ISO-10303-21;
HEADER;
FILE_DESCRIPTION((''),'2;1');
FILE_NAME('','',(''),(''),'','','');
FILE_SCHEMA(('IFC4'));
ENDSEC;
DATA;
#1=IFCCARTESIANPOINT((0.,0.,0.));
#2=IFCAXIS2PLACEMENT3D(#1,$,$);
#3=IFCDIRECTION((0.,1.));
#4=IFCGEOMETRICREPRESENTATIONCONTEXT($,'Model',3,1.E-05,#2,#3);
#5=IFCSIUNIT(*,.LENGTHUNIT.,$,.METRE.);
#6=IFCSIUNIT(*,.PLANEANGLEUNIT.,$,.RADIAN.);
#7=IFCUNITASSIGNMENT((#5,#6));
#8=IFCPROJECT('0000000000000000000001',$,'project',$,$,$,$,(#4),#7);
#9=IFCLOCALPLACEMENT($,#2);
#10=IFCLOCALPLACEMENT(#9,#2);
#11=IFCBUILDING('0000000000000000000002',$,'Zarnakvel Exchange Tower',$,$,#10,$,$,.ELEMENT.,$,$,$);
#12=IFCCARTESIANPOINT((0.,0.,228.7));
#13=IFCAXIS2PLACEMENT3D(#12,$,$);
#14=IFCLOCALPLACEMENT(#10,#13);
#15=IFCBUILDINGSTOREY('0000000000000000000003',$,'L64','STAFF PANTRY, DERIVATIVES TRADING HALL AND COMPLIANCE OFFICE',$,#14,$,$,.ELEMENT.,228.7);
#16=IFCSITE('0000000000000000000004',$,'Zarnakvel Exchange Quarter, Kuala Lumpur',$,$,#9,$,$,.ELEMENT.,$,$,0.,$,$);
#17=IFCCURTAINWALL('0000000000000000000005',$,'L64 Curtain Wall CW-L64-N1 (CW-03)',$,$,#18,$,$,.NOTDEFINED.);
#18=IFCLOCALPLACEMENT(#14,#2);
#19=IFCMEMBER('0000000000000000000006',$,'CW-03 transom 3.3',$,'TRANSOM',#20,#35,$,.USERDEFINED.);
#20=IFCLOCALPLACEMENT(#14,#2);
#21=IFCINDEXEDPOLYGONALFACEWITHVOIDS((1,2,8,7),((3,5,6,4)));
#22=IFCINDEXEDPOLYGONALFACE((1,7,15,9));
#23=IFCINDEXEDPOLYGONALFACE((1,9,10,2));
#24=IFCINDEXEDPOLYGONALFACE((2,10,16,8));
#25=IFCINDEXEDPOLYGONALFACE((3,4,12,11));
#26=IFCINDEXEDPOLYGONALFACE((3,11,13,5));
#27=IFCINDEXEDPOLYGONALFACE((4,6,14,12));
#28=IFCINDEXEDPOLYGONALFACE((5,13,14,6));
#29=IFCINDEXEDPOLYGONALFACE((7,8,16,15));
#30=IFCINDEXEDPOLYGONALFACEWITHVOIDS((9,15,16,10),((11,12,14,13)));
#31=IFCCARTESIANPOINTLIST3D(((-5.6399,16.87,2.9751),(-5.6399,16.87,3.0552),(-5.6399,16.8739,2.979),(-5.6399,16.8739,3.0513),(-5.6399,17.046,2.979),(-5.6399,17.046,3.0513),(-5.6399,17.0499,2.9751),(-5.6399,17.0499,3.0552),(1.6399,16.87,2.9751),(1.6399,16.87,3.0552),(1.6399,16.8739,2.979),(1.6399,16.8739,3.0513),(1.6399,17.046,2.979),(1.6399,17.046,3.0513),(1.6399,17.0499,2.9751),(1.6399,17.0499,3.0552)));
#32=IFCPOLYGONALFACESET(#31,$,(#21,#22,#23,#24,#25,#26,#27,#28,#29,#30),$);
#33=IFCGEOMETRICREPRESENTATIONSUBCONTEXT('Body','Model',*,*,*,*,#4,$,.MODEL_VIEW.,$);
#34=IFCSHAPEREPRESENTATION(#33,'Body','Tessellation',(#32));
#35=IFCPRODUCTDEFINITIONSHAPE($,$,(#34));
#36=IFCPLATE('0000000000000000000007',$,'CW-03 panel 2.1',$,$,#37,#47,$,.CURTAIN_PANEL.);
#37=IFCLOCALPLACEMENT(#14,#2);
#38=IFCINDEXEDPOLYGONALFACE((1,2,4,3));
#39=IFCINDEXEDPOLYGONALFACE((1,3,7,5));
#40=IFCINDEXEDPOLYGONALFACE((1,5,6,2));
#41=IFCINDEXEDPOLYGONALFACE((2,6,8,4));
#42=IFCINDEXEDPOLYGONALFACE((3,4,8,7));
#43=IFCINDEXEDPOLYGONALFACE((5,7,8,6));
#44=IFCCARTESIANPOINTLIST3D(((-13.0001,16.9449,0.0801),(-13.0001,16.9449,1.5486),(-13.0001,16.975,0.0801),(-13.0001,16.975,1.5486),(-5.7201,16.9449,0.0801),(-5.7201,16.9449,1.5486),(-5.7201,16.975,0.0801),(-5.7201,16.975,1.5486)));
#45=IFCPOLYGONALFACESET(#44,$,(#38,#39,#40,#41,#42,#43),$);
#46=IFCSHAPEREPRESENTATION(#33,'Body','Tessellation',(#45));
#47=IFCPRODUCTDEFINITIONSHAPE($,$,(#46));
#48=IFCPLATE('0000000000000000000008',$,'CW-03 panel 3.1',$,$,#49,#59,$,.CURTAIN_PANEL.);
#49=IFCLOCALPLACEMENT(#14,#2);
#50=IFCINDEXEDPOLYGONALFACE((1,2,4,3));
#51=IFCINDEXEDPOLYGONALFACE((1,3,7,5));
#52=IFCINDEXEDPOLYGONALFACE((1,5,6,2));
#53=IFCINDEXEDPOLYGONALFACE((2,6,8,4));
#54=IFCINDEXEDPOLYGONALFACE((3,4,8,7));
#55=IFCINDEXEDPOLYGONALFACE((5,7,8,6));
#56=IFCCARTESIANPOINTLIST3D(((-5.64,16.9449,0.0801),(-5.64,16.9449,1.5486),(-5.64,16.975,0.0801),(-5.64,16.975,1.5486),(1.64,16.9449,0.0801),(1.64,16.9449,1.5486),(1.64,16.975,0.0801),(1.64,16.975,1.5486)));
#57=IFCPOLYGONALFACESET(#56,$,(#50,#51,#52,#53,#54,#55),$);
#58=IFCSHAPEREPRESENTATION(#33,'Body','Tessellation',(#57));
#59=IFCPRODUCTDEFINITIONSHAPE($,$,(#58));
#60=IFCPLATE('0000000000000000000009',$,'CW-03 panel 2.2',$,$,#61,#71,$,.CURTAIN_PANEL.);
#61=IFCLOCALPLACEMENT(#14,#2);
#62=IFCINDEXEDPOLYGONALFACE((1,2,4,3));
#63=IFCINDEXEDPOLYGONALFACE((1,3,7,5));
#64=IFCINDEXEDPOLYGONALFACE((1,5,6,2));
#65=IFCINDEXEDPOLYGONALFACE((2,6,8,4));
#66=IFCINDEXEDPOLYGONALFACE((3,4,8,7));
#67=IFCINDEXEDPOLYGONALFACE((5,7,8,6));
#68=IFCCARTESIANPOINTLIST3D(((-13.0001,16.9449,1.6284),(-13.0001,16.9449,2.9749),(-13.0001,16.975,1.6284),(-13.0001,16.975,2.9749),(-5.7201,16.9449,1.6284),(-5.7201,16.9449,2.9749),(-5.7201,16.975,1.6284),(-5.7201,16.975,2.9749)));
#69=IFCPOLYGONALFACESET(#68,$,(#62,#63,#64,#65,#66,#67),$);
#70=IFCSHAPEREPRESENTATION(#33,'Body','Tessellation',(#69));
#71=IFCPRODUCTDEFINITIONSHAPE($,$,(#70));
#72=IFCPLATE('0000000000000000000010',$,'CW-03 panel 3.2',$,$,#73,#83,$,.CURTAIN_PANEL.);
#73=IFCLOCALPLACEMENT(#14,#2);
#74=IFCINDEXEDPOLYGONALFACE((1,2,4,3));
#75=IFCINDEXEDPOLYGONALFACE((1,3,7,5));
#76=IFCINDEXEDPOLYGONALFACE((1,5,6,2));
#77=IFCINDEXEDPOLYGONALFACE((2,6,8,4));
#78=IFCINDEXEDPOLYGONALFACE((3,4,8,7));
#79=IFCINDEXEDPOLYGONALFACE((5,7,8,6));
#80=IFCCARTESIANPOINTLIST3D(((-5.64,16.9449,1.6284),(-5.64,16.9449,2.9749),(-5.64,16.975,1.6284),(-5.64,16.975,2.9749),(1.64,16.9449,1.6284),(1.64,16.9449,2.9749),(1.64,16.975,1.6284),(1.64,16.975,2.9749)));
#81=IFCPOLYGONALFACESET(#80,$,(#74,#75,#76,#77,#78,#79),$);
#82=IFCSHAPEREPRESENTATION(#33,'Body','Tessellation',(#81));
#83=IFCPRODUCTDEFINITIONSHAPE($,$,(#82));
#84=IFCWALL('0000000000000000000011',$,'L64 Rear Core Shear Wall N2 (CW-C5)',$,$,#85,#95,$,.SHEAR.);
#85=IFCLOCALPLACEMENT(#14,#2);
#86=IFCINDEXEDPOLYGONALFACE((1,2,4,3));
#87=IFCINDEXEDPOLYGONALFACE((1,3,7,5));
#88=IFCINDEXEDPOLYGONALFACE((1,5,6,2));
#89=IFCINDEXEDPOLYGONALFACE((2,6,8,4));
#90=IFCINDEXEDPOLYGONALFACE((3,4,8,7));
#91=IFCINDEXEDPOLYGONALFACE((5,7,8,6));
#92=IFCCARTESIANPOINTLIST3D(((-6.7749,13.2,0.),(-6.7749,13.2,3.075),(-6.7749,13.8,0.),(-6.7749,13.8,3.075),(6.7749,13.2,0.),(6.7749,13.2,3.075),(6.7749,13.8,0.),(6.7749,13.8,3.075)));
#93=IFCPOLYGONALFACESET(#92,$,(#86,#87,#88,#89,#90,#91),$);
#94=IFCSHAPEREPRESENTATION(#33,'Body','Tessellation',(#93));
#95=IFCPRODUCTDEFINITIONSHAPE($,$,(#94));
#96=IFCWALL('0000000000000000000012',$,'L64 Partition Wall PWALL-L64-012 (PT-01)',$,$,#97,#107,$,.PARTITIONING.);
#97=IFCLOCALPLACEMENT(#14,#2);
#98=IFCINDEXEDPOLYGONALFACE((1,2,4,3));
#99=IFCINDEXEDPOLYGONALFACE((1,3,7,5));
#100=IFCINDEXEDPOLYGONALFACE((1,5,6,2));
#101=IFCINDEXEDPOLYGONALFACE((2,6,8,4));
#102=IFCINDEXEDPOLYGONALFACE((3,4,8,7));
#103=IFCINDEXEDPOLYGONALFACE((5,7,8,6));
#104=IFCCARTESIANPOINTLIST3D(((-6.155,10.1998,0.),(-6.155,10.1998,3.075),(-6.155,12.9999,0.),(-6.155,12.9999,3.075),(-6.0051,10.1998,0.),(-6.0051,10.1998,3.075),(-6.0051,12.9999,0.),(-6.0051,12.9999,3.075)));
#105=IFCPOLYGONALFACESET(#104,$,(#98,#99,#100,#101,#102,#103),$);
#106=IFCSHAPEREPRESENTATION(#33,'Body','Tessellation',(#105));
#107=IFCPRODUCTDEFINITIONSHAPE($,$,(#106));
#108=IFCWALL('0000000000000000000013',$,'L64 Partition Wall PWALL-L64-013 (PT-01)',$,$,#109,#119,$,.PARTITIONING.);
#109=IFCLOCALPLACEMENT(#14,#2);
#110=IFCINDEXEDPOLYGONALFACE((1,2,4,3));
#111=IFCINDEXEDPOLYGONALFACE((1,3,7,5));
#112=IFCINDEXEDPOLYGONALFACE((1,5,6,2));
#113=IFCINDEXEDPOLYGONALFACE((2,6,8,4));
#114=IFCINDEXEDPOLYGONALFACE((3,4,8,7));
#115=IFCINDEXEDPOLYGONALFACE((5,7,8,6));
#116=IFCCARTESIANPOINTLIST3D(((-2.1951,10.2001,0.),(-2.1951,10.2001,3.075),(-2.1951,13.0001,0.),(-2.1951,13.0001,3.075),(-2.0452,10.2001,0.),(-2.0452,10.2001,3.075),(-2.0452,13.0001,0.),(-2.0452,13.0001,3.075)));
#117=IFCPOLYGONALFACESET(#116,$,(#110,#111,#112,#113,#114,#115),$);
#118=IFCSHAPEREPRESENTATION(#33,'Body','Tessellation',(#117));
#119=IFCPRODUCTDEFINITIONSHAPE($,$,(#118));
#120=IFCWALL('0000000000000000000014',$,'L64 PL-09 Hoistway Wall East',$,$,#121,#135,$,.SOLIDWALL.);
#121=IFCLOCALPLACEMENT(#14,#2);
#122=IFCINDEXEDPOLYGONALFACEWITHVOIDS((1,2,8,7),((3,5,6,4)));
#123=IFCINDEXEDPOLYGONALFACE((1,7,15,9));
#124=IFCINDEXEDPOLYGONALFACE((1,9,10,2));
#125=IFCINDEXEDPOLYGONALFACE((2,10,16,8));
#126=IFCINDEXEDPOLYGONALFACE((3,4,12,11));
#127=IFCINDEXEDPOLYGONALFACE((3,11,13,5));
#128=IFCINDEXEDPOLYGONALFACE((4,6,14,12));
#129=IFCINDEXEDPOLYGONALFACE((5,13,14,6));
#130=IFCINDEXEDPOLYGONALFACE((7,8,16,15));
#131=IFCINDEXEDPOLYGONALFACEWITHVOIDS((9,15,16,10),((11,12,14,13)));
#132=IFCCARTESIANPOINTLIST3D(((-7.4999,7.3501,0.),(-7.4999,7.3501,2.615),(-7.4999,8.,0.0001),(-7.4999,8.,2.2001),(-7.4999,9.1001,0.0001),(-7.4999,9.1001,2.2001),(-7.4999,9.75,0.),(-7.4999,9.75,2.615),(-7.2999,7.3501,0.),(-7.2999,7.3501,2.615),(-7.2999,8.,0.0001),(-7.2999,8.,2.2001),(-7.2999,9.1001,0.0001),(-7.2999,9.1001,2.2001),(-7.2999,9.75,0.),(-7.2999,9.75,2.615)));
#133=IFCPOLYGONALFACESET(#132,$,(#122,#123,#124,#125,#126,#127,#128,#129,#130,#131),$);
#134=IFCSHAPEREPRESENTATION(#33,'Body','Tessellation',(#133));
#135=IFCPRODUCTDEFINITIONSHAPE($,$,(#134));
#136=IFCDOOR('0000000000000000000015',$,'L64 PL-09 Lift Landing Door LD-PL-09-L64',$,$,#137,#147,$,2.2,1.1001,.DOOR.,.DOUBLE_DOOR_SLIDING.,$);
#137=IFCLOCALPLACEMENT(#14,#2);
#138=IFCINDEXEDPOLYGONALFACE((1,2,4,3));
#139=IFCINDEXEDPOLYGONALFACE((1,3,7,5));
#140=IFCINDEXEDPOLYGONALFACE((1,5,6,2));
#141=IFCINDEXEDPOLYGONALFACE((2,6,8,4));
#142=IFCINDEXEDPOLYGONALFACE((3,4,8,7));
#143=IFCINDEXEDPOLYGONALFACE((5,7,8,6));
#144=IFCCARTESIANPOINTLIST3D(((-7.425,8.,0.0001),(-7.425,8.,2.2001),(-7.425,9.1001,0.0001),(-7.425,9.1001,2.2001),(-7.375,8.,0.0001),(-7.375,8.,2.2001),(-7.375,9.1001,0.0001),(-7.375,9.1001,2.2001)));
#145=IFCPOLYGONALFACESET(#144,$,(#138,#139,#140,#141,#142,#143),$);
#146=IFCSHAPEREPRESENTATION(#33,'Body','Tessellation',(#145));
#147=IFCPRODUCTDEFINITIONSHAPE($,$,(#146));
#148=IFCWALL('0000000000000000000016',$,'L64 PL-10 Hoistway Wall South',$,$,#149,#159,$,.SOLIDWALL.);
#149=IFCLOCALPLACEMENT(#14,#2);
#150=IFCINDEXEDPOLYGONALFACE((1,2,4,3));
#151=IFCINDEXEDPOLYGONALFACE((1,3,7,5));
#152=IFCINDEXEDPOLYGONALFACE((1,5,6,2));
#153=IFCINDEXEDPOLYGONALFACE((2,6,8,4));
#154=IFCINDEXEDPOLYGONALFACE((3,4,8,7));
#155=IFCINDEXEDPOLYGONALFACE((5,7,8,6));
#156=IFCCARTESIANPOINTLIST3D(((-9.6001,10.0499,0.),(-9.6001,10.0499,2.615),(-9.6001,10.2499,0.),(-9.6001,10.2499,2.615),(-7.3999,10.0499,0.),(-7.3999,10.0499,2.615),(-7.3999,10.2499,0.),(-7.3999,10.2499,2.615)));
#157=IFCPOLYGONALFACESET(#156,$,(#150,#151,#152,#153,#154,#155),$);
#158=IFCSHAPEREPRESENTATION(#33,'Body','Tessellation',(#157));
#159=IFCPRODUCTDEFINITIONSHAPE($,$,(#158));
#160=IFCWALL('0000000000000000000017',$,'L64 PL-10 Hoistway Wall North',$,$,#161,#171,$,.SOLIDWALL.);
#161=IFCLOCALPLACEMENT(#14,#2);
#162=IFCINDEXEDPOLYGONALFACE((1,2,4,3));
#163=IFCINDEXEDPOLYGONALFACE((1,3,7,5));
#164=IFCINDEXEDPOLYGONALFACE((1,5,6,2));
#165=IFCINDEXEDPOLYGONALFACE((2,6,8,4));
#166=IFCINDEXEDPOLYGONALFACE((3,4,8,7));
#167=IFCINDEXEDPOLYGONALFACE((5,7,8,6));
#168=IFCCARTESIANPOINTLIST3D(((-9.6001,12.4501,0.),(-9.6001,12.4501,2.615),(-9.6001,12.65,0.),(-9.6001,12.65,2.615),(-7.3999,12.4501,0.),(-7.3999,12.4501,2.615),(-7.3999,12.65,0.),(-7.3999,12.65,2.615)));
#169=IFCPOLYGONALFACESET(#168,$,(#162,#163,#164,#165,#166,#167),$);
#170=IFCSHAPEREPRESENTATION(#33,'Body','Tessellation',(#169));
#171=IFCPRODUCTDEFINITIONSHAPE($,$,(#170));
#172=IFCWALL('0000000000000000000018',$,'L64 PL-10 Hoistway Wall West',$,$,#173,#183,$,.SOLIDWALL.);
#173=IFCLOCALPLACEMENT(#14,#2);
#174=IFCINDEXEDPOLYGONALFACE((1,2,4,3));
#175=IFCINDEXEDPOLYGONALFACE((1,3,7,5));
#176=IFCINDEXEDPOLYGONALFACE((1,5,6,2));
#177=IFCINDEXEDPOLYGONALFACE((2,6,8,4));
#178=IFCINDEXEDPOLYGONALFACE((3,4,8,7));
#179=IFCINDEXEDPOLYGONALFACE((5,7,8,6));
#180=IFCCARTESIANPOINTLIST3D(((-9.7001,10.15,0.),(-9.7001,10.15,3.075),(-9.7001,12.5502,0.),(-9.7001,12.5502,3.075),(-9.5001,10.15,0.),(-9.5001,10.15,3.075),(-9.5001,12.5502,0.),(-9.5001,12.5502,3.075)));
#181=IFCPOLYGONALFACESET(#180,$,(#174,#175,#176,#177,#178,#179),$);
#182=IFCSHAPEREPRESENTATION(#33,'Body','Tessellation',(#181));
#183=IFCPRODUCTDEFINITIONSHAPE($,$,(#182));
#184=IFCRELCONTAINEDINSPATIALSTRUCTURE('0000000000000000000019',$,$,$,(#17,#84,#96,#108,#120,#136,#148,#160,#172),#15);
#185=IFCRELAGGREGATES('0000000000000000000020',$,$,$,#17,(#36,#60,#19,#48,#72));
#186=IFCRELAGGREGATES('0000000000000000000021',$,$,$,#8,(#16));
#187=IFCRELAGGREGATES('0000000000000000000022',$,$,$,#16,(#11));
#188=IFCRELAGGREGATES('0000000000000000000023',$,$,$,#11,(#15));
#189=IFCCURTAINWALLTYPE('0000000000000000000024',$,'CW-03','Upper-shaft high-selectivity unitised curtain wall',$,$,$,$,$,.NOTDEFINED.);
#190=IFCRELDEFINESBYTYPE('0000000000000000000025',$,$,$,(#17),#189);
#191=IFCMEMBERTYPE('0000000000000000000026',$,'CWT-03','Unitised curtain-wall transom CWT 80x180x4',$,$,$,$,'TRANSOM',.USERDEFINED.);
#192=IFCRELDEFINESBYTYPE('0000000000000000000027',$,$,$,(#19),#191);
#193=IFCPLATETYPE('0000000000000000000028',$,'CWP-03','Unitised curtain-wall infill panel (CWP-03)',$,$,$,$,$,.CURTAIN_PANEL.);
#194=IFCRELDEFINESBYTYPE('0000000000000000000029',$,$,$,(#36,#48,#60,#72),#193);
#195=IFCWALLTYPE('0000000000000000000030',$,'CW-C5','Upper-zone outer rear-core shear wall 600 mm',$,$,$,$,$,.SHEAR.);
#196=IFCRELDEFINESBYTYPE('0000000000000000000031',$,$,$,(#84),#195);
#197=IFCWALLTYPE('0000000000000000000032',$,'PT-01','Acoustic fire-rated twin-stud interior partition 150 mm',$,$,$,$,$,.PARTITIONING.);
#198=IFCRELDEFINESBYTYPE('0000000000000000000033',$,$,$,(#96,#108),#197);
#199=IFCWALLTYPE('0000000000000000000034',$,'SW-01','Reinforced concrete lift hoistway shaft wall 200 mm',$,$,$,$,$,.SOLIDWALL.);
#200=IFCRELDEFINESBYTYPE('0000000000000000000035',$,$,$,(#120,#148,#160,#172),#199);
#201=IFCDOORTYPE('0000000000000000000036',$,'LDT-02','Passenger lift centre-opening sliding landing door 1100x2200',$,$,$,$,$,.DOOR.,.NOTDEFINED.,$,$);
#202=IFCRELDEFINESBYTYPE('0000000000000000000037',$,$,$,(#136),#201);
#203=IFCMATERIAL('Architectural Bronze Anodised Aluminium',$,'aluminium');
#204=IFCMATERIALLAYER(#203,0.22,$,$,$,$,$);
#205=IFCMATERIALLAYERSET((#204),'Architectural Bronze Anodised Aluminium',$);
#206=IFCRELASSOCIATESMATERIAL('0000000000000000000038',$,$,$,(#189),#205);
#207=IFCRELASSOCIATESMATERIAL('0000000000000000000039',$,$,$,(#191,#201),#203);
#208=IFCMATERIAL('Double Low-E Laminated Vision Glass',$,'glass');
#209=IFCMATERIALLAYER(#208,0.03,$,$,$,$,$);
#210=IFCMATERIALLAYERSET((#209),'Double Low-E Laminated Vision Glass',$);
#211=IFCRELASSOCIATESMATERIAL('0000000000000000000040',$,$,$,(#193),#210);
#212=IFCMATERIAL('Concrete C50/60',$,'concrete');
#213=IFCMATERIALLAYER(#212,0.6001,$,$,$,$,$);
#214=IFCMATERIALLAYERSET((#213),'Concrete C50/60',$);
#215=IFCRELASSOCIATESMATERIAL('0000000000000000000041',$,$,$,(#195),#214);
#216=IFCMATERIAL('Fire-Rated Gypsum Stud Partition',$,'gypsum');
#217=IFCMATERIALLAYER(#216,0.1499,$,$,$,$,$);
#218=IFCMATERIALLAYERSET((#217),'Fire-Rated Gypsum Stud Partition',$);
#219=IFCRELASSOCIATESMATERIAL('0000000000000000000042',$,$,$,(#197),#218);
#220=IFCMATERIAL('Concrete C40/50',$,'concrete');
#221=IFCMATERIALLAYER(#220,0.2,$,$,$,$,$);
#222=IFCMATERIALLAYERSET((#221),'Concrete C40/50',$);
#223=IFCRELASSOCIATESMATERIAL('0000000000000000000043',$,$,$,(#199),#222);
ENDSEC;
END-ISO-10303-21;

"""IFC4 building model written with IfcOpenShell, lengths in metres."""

from ifc_helpers import new_model, si_unit, direction, frame, frame_2d, origin, origin_2d, place, context, subcontext, project, spatial, rectangle, hollow_rectangle, extrude, source, transform, mapped, material, layer, layer_set, material_profile, profile_set, type_object, element, fill, aggregate, save


model = new_model("IFC4")

# Units and contexts
model_context = context("Model", 3, precision=1e-05, world=origin(), true_north=direction((0.0, 1.0)))
body_context = subcontext(model_context, "Body", "Model", "MODEL_VIEW")
ifc_project = project(units=[si_unit("LENGTHUNIT", "METRE"), si_unit("PLANEANGLEUNIT", "RADIAN")], contexts=[model_context])

# Site, building, storey
site_placement = place(None, origin())
site = spatial("IfcSite", under=ifc_project, at=site_placement, Name="Zarnakvel Exchange Quarter, Kuala Lumpur", CompositionType="ELEMENT", RefElevation=0.0)
building_placement = place(site_placement, origin())
building = spatial("IfcBuilding", under=site, at=building_placement, Name="Zarnakvel Exchange Tower", CompositionType="ELEMENT")
storey_placement = place(building_placement, frame((0.0, 0.0, 228.7)))
storey = spatial("IfcBuildingStorey", under=building, at=storey_placement, Name="L64", Description="STAFF PANTRY, DERIVATIVES TRADING HALL AND COMPLIANCE OFFICE", CompositionType="ELEMENT", Elevation=228.7)

# Shared definitions
ifc_material_1 = material(Name="Concrete C50/60", Category="concrete")

# Curtain wall, member, plates
ifc_material_2 = material(Name="Architectural Bronze Anodised Aluminium", Category="aluminium")
ifc_layer_1 = layer(ifc_material_2, 0.22)
ifc_layer_set_1 = layer_set([ifc_layer_1], Name="Architectural Bronze Anodised Aluminium")
curtain_wall_type = type_object("IfcCurtainWallType", Name="CW-03", Description="Upper-shaft high-selectivity unitised curtain wall", PredefinedType="NOTDEFINED", material=ifc_layer_set_1)
curtain_wall_placement = place(storey_placement, origin())
curtain_wall = element("IfcCurtainWall", 1, at=curtain_wall_placement, inside=storey, type_object=curtain_wall_type, Name="L64 Curtain Wall CW-L64-N1 (CW-03)", PredefinedType="NOTDEFINED")
ifc_material_profile_1 = material_profile(ifc_material_2, hollow_rectangle(XDim=0.1799, YDim=0.0801, WallThickness=0.0039, at=origin_2d()))
ifc_profile_set_1 = profile_set([ifc_material_profile_1], Name="Architectural Bronze Anodised Aluminium")
member_type_1 = type_object("IfcMemberType", Name="CWT-03", Description="Unitised curtain-wall transom CWT 80x180x4", ElementType="TRANSOM", PredefinedType="USERDEFINED", material=ifc_profile_set_1)
shared_shape_1 = source(origin(), body_context, "Body", "SweptSolid", [
    extrude(hollow_rectangle(XDim=0.1799, YDim=0.0801, WallThickness=0.0039, at=origin_2d()), origin(), (0.0, 0.0, 1.0), 7.2798),
])
member_1_placement = place(storey_placement, frame((-5.6399, 16.96, 3.0151), z_axis=(1.0, 0.0, 0.0), x_axis=(0.0, 1.0, 0.0)))
member_1 = element("IfcMember", 2, at=member_1_placement, type_object=member_type_1, Name="CW-03 transom 3.3", ObjectType="TRANSOM", PredefinedType="USERDEFINED", context=body_context, shape_type="MappedRepresentation", body=[
    mapped(shared_shape_1, transform((0.0, 0.0, 0.0), x_axis=(1.0, 0.0, 0.0), y_axis=(0.0, 1.0, 0.0), z_axis=(0.0, 0.0, 1.0), scale=1.0)),
])
ifc_material_3 = material(Name="Double Low-E Laminated Vision Glass", Category="glass")
ifc_layer_2 = layer(ifc_material_3, 0.03)
ifc_layer_set_2 = layer_set([ifc_layer_2], Name="Double Low-E Laminated Vision Glass")
plate_type = type_object("IfcPlateType", Name="CWP-03", Description="Unitised curtain-wall infill panel (CWP-03)", PredefinedType="CURTAIN_PANEL", material=ifc_layer_set_2)
shared_shape_2 = source(origin(), body_context, "Body", "SweptSolid", [
    extrude(rectangle(XDim=7.28, YDim=0.03, at=origin_2d()), origin(), (0.0, 0.0, 1.0), 1.4685),
])
plate_1_placement = place(storey_placement, frame((-9.3601, 16.96, 0.0801), z_axis=(0.0, 0.0, 1.0), x_axis=(1.0, 0.0, 0.0)))
plate_1 = element("IfcPlate", 3, at=plate_1_placement, type_object=plate_type, Name="CW-03 panel 2.1", PredefinedType="CURTAIN_PANEL", context=body_context, shape_type="MappedRepresentation", body=[
    mapped(shared_shape_2, transform((0.0, 0.0, 0.0), x_axis=(1.0, 0.0, 0.0), y_axis=(0.0, 1.0, 0.0), z_axis=(0.0, 0.0, 1.0), scale=1.0)),
])
plate_2_placement = place(storey_placement, frame((-2.0, 16.96, 0.0801), z_axis=(0.0, 0.0, 1.0), x_axis=(1.0, 0.0, 0.0)))
plate_2 = element("IfcPlate", 4, at=plate_2_placement, type_object=plate_type, Name="CW-03 panel 3.1", PredefinedType="CURTAIN_PANEL", context=body_context, shape_type="MappedRepresentation", body=[
    mapped(shared_shape_2, transform((0.0, 0.0, 0.0), x_axis=(1.0, 0.0, 0.0), y_axis=(0.0, 1.0, 0.0), z_axis=(0.0, 0.0, 1.0), scale=1.0)),
])
shared_shape_3 = source(origin(), body_context, "Body", "SweptSolid", [
    extrude(rectangle(XDim=7.28, YDim=0.03, at=origin_2d()), origin(), (0.0, 0.0, 1.0), 1.3464),
])
plate_3_placement = place(storey_placement, frame((-9.3601, 16.96, 1.6284), z_axis=(0.0, 0.0, 1.0), x_axis=(1.0, 0.0, 0.0)))
plate_3 = element("IfcPlate", 5, at=plate_3_placement, type_object=plate_type, Name="CW-03 panel 2.2", PredefinedType="CURTAIN_PANEL", context=body_context, shape_type="MappedRepresentation", body=[
    mapped(shared_shape_3, transform((0.0, 0.0, 0.0), x_axis=(1.0, 0.0, 0.0), y_axis=(0.0, 1.0, 0.0), z_axis=(0.0, 0.0, 1.0), scale=1.0)),
])
plate_4_placement = place(storey_placement, frame((-2.0, 16.96, 1.6284), z_axis=(0.0, 0.0, 1.0), x_axis=(1.0, 0.0, 0.0)))
plate_4 = element("IfcPlate", 6, at=plate_4_placement, type_object=plate_type, Name="CW-03 panel 3.2", PredefinedType="CURTAIN_PANEL", context=body_context, shape_type="MappedRepresentation", body=[
    mapped(shared_shape_3, transform((0.0, 0.0, 0.0), x_axis=(1.0, 0.0, 0.0), y_axis=(0.0, 1.0, 0.0), z_axis=(0.0, 0.0, 1.0), scale=1.0)),
])
aggregate(curtain_wall, [plate_1, plate_3, member_1, plate_2, plate_4])

# Wall
ifc_layer_3 = layer(ifc_material_1, 0.6001)
ifc_layer_set_3 = layer_set([ifc_layer_3], Name="Concrete C50/60")
wall_type_1 = type_object("IfcWallType", Name="CW-C5", Description="Upper-zone outer rear-core shear wall 600 mm", PredefinedType="SHEAR", material=ifc_layer_set_3)
wall_1_placement = place(storey_placement, frame((-6.7749, 13.5, 0.0), z_axis=(0.0, 0.0, 1.0), x_axis=(1.0, 0.0, 0.0)))
element("IfcWall", 7, at=wall_1_placement, inside=storey, type_object=wall_type_1, Name="L64 Rear Core Shear Wall N2 (CW-C5)", PredefinedType="SHEAR", context=body_context, shape_type="SweptSolid", body=[
    extrude(rectangle(XDim=13.5498, YDim=0.6001, at=frame_2d((6.7749, 0.0))), origin(), (0.0, 0.0, 1.0), 3.075),
])

# Shared definitions
ifc_material_4 = material(Name="Fire-Rated Gypsum Stud Partition", Category="gypsum")
ifc_layer_4 = layer(ifc_material_4, 0.1499)
ifc_layer_set_4 = layer_set([ifc_layer_4], Name="Fire-Rated Gypsum Stud Partition")
wall_type_2 = type_object("IfcWallType", Name="PT-01", Description="Acoustic fire-rated twin-stud interior partition 150 mm", PredefinedType="PARTITIONING", material=ifc_layer_set_4)

# Walls
for number, where, z_axis, x_axis, name in (
    (8, (-6.0801, 10.2, 0.0), (0.0, 0.0, 1.0), (0.0, 1.0, 0.0), "L64 Partition Wall PWALL-L64-012 (PT-01)"),
    (9, (-2.1201, 13.0, 0.0), (0.0, 0.0, 1.0), (0.0, -1.0, 0.0), "L64 Partition Wall PWALL-L64-013 (PT-01)"),
):
    element("IfcWall", number, at=place(storey_placement, frame(where, z_axis=z_axis, x_axis=x_axis)), inside=storey, type_object=wall_type_2, Name=name, PredefinedType="PARTITIONING", context=body_context, shape_type="SweptSolid", body=[
        extrude(rectangle(XDim=2.8, YDim=0.1499, at=frame_2d((1.3999, 0.0))), origin(), (0.0, 0.0, 1.0), 3.075),
    ])

# Wall, opening, door
ifc_material_5 = material(Name="Concrete C40/50", Category="concrete")
ifc_layer_5 = layer(ifc_material_5, 0.2)
ifc_layer_set_5 = layer_set([ifc_layer_5], Name="Concrete C40/50")
wall_type_3 = type_object("IfcWallType", Name="SW-01", Description="Reinforced concrete lift hoistway shaft wall 200 mm", PredefinedType="SOLIDWALL", material=ifc_layer_set_5)
wall_2_placement = place(storey_placement, frame((-7.3999, 9.75, 0.0), z_axis=(0.0, 0.0, 1.0), x_axis=(0.0, -1.0, 0.0)))
wall_2 = element("IfcWall", 10, at=wall_2_placement, inside=storey, type_object=wall_type_3, Name="L64 PL-09 Hoistway Wall East", PredefinedType="SOLIDWALL", context=body_context, shape_type="SweptSolid", body=[
    extrude(rectangle(XDim=2.3999, YDim=0.2, at=frame_2d((1.2, 0.0))), origin(), (0.0, 0.0, 1.0), 2.615),
])
opening_1_placement = place(wall_2_placement, frame((0.6499, 0.0, 0.0)))
opening_1 = element("IfcOpeningElement", 11, at=opening_1_placement, cuts=wall_2, PredefinedType="OPENING", context=body_context, shape_type="SweptSolid", body=[
    extrude(rectangle(XDim=1.1001, YDim=2.2, at=frame_2d((0.55, 1.1001))), frame((0.0, 0.1099, 0.0), z_axis=(0.0, -1.0, 0.0), x_axis=(1.0, 0.0, 0.0)), (0.0, 0.0, 1.0), 0.22),
])
door_type_1 = type_object("IfcDoorType", Name="LDT-02", Description="Passenger lift centre-opening sliding landing door 1100x2200", OperationType="NOTDEFINED", PredefinedType="DOOR", material=ifc_material_2)
shared_shape_4 = source(origin(), body_context, "Body", "SweptSolid", [
    extrude(rectangle(XDim=1.1001, YDim=2.2, at=frame_2d((0.55, 1.1001))), frame((0.0, 0.0249, 0.0), z_axis=(0.0, -1.0, 0.0), x_axis=(1.0, 0.0, 0.0)), (0.0, 0.0, 1.0), 0.05),
])
door_1_placement = place(opening_1_placement, origin())
door_1 = element("IfcDoor", 12, at=door_1_placement, inside=storey, type_object=door_type_1, Name="L64 PL-09 Lift Landing Door LD-PL-09-L64", OperationType="DOUBLE_DOOR_SLIDING", OverallHeight=2.2, OverallWidth=1.1001, PredefinedType="DOOR", context=body_context, shape_type="MappedRepresentation", body=[
    mapped(shared_shape_4, transform((0.0, 0.0, 0.0), x_axis=(1.0, 0.0, 0.0), y_axis=(0.0, 1.0, 0.0), z_axis=(0.0, 0.0, 1.0), scale=1.0)),
])
fill(opening_1, door_1)

# Walls
for number, where, z_axis, x_axis, name in (
    (13, (-7.3999, 10.1499, 0.0), (0.0, 0.0, 1.0), (-1.0, 0.0, 0.0), "L64 PL-10 Hoistway Wall South"),
    (14, (-9.6001, 12.55, 0.0), (0.0, 0.0, 1.0), (1.0, 0.0, 0.0), "L64 PL-10 Hoistway Wall North"),
):
    element("IfcWall", number, at=place(storey_placement, frame(where, z_axis=z_axis, x_axis=x_axis)), inside=storey, type_object=wall_type_3, Name=name, PredefinedType="SOLIDWALL", context=body_context, shape_type="SweptSolid", body=[
        extrude(rectangle(XDim=2.2002, YDim=0.2, at=frame_2d((1.1001, 0.0))), origin(), (0.0, 0.0, 1.0), 2.615),
    ])
wall_3_placement = place(storey_placement, frame((-9.6001, 10.1499, 0.0), z_axis=(0.0, 0.0, 1.0), x_axis=(0.0, 1.0, 0.0)))
element("IfcWall", 15, at=wall_3_placement, inside=storey, type_object=wall_type_3, Name="L64 PL-10 Hoistway Wall West", PredefinedType="SOLIDWALL", context=body_context, shape_type="SweptSolid", body=[
    extrude(rectangle(XDim=2.4001, YDim=0.2, at=frame_2d((1.2002, 0.0))), origin(), (0.0, 0.0, 1.0), 3.075),
])

save(model, "model.ifc")
